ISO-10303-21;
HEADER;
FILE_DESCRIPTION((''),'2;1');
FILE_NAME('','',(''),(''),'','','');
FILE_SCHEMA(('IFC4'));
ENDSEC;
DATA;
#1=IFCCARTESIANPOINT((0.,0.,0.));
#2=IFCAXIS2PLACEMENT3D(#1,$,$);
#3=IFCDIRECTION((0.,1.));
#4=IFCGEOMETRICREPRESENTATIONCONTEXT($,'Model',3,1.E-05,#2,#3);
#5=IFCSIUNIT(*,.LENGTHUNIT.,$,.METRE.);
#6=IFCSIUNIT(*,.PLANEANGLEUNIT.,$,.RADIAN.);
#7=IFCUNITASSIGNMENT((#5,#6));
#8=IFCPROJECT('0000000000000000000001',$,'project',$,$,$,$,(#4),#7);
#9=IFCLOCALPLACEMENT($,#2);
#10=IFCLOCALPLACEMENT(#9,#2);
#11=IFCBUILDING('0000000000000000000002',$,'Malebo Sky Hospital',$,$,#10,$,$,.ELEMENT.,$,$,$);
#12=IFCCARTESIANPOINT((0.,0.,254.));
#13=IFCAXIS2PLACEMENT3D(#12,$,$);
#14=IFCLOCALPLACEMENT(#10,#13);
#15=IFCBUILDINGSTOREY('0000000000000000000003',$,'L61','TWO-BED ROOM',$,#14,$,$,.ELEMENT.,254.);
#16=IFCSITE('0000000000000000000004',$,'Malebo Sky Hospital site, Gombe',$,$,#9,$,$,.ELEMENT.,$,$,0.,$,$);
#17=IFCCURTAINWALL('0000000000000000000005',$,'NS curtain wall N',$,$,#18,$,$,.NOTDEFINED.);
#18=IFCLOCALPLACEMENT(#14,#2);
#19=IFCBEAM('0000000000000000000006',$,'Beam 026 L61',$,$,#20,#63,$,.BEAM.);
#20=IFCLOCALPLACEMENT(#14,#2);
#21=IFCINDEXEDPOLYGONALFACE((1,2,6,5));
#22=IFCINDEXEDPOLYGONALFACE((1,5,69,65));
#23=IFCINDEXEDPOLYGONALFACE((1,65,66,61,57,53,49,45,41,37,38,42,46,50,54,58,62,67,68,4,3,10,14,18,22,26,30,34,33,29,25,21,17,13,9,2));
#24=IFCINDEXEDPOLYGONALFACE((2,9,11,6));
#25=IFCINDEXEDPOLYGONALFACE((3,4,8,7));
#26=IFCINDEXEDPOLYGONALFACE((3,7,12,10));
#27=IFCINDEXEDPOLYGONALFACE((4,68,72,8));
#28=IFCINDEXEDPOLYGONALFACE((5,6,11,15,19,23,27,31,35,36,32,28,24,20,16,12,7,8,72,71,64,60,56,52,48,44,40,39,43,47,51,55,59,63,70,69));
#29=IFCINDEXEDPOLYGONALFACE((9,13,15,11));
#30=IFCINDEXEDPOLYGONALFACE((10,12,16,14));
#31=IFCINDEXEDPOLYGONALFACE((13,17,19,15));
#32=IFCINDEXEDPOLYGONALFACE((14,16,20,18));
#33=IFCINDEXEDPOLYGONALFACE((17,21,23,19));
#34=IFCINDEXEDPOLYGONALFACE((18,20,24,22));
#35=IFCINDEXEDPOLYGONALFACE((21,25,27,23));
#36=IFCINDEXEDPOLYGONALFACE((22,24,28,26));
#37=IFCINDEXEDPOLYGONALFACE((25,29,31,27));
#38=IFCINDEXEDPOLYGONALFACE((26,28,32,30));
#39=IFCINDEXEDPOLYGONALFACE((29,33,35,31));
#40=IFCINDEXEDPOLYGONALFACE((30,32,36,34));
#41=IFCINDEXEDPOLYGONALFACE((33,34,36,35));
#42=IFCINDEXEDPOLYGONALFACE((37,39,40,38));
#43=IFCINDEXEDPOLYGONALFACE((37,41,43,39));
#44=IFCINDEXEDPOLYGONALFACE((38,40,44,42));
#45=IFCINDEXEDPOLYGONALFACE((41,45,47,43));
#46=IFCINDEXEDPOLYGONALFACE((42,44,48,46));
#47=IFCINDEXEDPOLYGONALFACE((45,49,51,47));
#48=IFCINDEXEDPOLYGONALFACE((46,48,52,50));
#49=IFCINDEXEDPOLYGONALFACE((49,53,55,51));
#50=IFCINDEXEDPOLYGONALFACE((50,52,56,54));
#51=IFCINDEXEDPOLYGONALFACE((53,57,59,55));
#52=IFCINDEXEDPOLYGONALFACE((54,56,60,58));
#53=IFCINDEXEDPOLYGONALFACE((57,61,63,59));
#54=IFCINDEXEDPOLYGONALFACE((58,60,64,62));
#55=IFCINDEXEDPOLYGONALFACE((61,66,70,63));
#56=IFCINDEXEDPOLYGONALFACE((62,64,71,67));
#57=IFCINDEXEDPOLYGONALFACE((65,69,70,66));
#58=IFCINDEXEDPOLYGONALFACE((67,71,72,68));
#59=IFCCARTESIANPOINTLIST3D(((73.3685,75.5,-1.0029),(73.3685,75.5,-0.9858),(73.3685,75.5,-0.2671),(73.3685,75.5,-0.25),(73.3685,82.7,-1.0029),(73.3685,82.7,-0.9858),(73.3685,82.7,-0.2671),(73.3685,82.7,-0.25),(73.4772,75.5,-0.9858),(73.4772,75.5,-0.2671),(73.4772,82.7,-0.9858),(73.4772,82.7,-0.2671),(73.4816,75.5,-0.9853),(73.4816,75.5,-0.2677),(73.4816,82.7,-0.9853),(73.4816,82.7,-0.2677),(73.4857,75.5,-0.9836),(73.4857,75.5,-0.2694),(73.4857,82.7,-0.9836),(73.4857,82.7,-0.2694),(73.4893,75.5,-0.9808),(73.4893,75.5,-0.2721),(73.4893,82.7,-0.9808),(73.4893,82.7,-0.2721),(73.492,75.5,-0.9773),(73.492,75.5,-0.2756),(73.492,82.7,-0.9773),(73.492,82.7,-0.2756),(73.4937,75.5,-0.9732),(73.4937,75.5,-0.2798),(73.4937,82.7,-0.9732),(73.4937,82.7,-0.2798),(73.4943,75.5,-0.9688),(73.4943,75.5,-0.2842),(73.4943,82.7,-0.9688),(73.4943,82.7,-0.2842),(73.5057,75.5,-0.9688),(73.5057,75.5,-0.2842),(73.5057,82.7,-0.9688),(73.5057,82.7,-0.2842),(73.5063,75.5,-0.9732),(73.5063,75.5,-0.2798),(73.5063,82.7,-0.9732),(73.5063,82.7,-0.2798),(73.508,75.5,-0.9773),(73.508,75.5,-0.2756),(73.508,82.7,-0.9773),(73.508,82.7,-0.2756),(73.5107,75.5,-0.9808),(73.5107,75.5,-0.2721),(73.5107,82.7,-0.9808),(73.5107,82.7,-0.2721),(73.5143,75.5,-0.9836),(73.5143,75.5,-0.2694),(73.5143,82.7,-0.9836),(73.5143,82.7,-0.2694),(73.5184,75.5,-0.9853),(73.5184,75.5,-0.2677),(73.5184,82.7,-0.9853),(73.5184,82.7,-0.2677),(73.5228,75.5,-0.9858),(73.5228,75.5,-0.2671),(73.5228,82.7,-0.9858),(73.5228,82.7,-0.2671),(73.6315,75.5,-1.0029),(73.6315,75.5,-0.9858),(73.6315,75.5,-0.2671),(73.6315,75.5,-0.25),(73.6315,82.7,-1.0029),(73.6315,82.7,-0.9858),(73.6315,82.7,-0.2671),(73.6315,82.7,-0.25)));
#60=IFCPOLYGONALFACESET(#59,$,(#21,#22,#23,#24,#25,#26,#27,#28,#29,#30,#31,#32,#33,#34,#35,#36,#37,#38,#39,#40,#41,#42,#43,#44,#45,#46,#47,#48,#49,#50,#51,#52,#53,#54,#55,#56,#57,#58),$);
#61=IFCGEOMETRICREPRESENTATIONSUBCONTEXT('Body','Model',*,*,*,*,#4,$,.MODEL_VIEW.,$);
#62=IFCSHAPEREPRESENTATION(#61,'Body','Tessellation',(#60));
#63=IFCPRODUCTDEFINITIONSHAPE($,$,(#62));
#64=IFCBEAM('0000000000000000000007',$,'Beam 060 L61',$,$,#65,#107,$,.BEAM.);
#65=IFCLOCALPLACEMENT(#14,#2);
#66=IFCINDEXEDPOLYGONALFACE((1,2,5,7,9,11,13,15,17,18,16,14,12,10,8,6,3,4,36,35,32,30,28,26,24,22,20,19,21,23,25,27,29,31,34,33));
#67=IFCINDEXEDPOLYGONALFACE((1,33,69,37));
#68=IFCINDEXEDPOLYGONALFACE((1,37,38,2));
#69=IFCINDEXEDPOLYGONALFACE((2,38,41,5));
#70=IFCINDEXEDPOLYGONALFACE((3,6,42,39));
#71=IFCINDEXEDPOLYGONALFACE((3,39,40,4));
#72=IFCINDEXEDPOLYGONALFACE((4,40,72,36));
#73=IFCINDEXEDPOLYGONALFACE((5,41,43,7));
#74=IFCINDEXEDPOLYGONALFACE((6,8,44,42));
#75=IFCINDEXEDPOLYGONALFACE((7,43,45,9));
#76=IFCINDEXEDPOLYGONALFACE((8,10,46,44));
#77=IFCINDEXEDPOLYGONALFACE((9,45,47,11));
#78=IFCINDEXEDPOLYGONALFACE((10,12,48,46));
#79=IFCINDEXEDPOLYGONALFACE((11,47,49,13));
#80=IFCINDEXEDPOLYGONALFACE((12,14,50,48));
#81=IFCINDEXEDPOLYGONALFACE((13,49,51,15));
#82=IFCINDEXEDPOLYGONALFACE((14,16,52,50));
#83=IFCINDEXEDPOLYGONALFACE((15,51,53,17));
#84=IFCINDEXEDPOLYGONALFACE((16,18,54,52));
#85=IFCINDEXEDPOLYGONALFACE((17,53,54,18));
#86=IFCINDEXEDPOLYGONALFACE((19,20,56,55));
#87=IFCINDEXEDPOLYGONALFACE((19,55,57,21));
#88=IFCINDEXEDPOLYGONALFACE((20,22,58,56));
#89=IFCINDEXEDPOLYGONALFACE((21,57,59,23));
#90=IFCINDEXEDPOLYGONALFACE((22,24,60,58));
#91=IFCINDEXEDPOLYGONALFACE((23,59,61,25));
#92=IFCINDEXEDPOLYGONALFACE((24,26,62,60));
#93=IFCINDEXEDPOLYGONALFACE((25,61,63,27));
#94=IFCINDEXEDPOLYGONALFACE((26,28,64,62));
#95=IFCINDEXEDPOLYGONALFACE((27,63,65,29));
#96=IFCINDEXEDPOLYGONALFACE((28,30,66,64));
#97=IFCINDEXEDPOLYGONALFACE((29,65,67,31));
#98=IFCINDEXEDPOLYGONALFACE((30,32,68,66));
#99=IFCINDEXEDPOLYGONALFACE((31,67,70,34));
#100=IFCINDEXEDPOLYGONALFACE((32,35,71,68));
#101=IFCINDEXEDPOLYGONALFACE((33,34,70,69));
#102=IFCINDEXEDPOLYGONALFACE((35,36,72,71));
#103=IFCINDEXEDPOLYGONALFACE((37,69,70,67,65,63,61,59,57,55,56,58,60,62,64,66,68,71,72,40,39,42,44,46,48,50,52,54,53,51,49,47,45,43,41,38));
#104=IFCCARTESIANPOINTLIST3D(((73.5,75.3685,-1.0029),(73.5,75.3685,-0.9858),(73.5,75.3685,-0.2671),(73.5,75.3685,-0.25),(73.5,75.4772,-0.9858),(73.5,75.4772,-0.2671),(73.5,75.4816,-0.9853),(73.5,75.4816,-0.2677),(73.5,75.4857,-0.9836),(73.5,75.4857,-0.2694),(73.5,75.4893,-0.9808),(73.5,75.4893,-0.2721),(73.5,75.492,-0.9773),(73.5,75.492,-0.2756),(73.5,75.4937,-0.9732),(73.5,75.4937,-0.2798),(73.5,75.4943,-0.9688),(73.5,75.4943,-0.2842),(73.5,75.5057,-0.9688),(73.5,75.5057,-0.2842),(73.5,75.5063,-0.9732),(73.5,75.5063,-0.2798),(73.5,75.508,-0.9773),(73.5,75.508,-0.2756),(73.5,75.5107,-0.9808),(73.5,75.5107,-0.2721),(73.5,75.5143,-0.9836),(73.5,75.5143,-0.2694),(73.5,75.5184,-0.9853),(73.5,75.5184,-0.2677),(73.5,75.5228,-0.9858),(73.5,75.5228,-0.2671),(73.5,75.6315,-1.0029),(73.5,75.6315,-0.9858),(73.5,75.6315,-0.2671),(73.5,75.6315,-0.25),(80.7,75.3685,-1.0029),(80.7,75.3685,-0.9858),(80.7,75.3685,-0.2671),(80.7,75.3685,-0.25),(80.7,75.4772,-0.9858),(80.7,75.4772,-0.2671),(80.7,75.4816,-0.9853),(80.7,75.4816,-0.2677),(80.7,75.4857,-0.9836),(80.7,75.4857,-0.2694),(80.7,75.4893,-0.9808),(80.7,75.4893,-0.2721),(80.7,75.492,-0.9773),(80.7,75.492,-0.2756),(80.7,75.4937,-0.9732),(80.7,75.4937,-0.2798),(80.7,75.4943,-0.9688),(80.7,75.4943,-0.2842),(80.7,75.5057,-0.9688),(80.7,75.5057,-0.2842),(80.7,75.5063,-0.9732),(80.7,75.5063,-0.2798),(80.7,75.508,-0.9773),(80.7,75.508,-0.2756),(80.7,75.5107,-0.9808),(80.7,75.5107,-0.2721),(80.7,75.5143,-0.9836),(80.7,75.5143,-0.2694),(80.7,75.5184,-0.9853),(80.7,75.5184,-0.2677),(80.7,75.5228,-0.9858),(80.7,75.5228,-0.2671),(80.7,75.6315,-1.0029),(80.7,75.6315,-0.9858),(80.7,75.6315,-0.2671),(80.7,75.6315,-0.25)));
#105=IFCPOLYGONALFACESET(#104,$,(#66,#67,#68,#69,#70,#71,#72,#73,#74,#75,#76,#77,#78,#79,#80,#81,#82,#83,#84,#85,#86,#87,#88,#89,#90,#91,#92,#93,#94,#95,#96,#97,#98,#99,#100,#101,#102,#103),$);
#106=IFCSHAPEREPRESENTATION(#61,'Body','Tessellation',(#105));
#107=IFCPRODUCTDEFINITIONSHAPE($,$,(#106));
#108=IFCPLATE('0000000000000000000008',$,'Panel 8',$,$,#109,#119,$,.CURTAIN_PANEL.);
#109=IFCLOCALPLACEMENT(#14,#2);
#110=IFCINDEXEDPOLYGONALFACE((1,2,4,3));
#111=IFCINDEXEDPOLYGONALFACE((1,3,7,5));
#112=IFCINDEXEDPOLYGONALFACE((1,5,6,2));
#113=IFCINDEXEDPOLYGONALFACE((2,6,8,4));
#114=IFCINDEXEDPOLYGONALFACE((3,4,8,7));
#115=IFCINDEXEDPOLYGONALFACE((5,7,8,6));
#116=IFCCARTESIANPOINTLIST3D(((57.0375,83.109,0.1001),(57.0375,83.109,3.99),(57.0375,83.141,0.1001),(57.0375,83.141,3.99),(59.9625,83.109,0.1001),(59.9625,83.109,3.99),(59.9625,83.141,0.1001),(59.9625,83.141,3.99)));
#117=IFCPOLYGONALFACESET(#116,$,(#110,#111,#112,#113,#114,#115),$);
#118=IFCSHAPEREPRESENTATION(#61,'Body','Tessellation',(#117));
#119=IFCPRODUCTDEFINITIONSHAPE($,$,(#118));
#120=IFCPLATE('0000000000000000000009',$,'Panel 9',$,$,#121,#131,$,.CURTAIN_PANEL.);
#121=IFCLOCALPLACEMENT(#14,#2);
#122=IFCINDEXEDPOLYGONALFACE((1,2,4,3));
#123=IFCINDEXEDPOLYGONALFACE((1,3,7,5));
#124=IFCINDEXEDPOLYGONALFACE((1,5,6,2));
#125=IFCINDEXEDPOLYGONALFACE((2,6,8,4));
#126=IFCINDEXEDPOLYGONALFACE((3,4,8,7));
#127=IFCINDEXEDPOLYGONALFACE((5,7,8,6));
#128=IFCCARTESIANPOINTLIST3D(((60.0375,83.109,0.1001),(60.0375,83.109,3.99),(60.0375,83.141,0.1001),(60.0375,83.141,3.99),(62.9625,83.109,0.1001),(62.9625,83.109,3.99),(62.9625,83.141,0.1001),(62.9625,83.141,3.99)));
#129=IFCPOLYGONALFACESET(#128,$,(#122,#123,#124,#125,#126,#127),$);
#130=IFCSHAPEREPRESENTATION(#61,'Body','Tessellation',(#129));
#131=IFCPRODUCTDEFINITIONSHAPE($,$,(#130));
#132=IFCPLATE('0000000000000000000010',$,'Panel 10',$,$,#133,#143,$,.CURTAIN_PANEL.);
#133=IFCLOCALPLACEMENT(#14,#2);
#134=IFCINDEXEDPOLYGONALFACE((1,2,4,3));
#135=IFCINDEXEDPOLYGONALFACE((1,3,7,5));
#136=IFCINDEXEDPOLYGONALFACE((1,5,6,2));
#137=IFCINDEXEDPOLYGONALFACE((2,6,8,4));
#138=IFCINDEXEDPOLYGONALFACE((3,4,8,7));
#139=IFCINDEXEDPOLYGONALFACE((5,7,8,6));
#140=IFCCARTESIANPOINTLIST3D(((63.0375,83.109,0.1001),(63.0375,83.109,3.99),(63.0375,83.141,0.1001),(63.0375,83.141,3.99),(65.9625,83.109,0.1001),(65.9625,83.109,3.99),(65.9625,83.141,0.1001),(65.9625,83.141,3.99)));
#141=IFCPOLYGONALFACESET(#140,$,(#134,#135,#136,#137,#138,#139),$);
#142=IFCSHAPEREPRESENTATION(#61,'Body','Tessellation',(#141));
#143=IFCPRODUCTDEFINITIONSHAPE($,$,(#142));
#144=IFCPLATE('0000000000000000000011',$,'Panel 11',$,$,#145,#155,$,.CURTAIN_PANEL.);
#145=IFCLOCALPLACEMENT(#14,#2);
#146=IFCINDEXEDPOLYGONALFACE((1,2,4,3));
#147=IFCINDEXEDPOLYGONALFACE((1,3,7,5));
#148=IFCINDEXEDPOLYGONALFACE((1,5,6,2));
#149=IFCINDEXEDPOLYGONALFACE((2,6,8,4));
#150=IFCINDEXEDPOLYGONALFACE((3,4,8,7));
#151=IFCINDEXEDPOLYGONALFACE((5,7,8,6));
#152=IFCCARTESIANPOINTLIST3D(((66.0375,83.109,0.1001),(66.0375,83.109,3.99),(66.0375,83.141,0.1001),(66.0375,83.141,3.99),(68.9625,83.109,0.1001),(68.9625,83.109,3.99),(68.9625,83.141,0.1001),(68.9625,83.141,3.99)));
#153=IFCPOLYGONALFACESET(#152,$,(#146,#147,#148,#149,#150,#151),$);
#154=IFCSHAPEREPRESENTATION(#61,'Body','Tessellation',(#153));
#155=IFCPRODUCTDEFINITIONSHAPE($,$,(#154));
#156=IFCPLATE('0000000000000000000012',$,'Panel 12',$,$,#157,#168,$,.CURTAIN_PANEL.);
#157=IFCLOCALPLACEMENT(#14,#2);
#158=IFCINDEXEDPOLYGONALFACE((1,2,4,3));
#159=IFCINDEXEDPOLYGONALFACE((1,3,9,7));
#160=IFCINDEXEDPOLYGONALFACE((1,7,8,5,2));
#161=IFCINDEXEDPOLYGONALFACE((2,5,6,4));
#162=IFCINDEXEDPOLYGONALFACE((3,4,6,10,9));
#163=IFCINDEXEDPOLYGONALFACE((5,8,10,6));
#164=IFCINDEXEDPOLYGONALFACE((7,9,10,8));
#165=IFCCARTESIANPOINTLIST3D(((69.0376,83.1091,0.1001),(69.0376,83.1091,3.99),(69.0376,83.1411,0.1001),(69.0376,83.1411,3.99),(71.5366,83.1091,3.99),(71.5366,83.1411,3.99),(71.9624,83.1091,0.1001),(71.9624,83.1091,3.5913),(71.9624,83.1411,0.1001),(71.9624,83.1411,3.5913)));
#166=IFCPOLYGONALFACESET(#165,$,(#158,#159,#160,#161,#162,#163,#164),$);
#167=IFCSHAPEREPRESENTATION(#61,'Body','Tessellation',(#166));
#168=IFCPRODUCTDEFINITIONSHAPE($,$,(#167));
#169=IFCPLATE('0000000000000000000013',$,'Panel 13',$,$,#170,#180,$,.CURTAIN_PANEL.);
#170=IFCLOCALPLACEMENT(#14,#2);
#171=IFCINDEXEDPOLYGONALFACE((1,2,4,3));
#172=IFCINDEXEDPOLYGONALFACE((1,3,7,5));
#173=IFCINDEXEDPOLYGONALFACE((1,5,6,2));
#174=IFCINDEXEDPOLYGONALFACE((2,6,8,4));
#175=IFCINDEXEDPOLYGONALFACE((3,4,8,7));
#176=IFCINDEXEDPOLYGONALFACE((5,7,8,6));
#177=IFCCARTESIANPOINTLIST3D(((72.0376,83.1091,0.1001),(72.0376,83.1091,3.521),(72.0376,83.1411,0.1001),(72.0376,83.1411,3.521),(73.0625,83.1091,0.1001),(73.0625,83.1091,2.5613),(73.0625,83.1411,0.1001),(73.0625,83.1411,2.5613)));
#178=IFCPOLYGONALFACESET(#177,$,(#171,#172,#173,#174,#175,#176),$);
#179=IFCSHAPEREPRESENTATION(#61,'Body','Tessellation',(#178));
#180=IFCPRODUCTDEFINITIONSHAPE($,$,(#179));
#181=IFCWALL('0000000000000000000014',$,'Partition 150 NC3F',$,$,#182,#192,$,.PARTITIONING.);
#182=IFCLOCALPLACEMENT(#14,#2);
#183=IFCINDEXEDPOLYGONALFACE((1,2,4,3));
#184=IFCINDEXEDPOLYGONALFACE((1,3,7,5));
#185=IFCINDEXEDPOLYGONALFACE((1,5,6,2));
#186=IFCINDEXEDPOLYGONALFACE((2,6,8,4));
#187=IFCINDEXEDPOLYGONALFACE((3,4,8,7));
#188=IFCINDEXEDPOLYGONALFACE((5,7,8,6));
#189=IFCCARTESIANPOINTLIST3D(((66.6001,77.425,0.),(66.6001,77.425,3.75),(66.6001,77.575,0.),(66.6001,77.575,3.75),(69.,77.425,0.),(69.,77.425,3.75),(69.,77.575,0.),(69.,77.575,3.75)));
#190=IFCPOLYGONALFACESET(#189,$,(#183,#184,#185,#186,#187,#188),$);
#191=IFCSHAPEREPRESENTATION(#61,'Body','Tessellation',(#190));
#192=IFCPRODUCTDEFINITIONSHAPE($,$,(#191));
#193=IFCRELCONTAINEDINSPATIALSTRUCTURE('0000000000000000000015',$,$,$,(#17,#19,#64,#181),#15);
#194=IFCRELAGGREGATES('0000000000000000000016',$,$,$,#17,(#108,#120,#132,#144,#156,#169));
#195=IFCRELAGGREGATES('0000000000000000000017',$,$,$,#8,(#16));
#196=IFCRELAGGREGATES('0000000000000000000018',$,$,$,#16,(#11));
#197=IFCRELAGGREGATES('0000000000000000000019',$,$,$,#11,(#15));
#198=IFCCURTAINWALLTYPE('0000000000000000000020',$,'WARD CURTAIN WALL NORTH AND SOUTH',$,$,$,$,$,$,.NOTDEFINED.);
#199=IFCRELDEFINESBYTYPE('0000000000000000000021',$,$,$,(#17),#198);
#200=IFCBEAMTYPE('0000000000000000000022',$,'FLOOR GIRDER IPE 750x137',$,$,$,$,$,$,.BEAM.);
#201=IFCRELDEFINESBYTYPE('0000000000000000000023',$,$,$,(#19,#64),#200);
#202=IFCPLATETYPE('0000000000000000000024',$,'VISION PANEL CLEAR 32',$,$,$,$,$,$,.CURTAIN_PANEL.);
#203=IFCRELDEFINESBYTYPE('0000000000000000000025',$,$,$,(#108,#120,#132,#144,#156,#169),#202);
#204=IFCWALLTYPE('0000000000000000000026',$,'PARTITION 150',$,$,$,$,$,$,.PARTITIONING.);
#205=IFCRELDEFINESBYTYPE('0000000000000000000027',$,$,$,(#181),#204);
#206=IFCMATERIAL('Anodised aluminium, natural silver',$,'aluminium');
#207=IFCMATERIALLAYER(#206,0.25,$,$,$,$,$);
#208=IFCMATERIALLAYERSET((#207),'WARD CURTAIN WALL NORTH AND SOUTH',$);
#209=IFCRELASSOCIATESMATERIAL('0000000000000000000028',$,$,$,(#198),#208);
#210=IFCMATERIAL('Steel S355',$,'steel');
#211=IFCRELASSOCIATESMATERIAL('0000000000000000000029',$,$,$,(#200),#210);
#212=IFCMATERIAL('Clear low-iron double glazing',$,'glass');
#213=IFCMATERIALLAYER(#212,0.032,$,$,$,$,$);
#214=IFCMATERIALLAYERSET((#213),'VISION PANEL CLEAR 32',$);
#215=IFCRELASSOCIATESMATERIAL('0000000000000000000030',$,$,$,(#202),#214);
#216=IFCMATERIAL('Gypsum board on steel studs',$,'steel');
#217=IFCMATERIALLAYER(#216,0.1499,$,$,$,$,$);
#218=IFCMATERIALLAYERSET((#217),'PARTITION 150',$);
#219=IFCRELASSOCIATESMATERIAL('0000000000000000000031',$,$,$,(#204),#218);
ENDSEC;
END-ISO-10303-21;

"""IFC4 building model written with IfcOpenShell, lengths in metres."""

from ifc_helpers import new_model, si_unit, direction, frame, frame_2d, origin, origin_2d, place, context, subcontext, project, spatial, polyline, rectangle, i_section, outline, extrude, material, layer, layer_set, material_profile, profile_set, type_object, element, aggregate, save


model = new_model("IFC4")

# Units and contexts
model_context = context("Model", 3, precision=1e-05, world=origin(), true_north=direction((0.0, 1.0)))
body_context = subcontext(model_context, "Body", "Model", "MODEL_VIEW")
ifc_project = project(units=[si_unit("LENGTHUNIT", "METRE"), si_unit("PLANEANGLEUNIT", "RADIAN")], contexts=[model_context])

# Site, building, storey
site_placement = place(None, origin())
site = spatial("IfcSite", under=ifc_project, at=site_placement, Name="Malebo Sky Hospital site, Gombe", CompositionType="ELEMENT", RefElevation=0.0)
building_placement = place(site_placement, origin())
building = spatial("IfcBuilding", under=site, at=building_placement, Name="Malebo Sky Hospital", CompositionType="ELEMENT")
storey_placement = place(building_placement, frame((0.0, 0.0, 254.0)))
storey = spatial("IfcBuildingStorey", under=building, at=storey_placement, Name="L61", Description="TWO-BED ROOM", CompositionType="ELEMENT", Elevation=254.0)

# Curtain wall
ifc_material_1 = material(Name="Anodised aluminium, natural silver", Category="aluminium")
ifc_layer_1 = layer(ifc_material_1, 0.25)
ifc_layer_set_1 = layer_set([ifc_layer_1], Name="WARD CURTAIN WALL NORTH AND SOUTH")
curtain_wall_type = type_object("IfcCurtainWallType", Name="WARD CURTAIN WALL NORTH AND SOUTH", PredefinedType="NOTDEFINED", material=ifc_layer_set_1)
curtain_wall_placement = place(storey_placement, origin())
curtain_wall = element("IfcCurtainWall", 1, at=curtain_wall_placement, inside=storey, type_object=curtain_wall_type, Name="NS curtain wall N", PredefinedType="NOTDEFINED")

# Beams
ifc_material_2 = material(Name="Steel S355", Category="steel")
ifc_material_profile_1 = material_profile(ifc_material_2, i_section(OverallWidth=0.2629, OverallDepth=0.7529, WebThickness=0.0115, FlangeThickness=0.0171, FilletRadius=0.0171, at=origin_2d()), Name="IPE 750x137")
ifc_profile_set_1 = profile_set([ifc_material_profile_1], Name="Steel S355")
beam_type_1 = type_object("IfcBeamType", Name="FLOOR GIRDER IPE 750x137", PredefinedType="BEAM", material=ifc_profile_set_1)
for number, where, z_axis, x_axis, name in (
    (2, (73.5, 75.5, -0.6265), (0.0, 1.0, 0.0), (-1.0, 0.0, 0.0), "Beam 026 L61"),
    (3, (73.5, 75.5, -0.6265), (1.0, 0.0, 0.0), (0.0, 1.0, 0.0), "Beam 060 L61"),
):
    element("IfcBeam", number, at=place(storey_placement, frame(where, z_axis=z_axis, x_axis=x_axis)), inside=storey, type_object=beam_type_1, Name=name, PredefinedType="BEAM", context=body_context, shape_type="SweptSolid", body=[
        extrude(i_section(OverallWidth=0.2629, OverallDepth=0.7529, WebThickness=0.0115, FlangeThickness=0.0171, FilletRadius=0.0171, at=origin_2d()), origin(), (0.0, 0.0, 1.0), 7.2),
    ])

# Plates
ifc_material_3 = material(Name="Clear low-iron double glazing", Category="glass")
ifc_layer_2 = layer(ifc_material_3, 0.032)
ifc_layer_set_2 = layer_set([ifc_layer_2], Name="VISION PANEL CLEAR 32")
plate_type = type_object("IfcPlateType", Name="VISION PANEL CLEAR 32", PredefinedType="CURTAIN_PANEL", material=ifc_layer_set_2)
plate_1_placement = place(storey_placement, frame((58.5, 83.125, 0.1001), z_axis=(0.0, 0.0, 1.0), x_axis=(1.0, 0.0, 0.0)))
plate_1 = element("IfcPlate", 4, at=plate_1_placement, type_object=plate_type, Name="Panel 8", PredefinedType="CURTAIN_PANEL", context=body_context, shape_type="SweptSolid", body=[
    extrude(rectangle(XDim=2.925, YDim=0.032, at=origin_2d()), origin(), (0.0, 0.0, 1.0), 3.8899),
])
plate_2_placement = place(storey_placement, frame((61.5, 83.125, 0.1001), z_axis=(0.0, 0.0, 1.0), x_axis=(1.0, 0.0, 0.0)))
plate_2 = element("IfcPlate", 5, at=plate_2_placement, type_object=plate_type, Name="Panel 9", PredefinedType="CURTAIN_PANEL", context=body_context, shape_type="SweptSolid", body=[
    extrude(rectangle(XDim=2.925, YDim=0.032, at=origin_2d()), origin(), (0.0, 0.0, 1.0), 3.8899),
])
plate_3_placement = place(storey_placement, frame((64.5, 83.125, 0.1001), z_axis=(0.0, 0.0, 1.0), x_axis=(1.0, 0.0, 0.0)))
plate_3 = element("IfcPlate", 6, at=plate_3_placement, type_object=plate_type, Name="Panel 10", PredefinedType="CURTAIN_PANEL", context=body_context, shape_type="SweptSolid", body=[
    extrude(rectangle(XDim=2.925, YDim=0.032, at=origin_2d()), origin(), (0.0, 0.0, 1.0), 3.8899),
])
plate_4_placement = place(storey_placement, frame((67.5, 83.125, 0.1001), z_axis=(0.0, 0.0, 1.0), x_axis=(1.0, 0.0, 0.0)))
plate_4 = element("IfcPlate", 7, at=plate_4_placement, type_object=plate_type, Name="Panel 11", PredefinedType="CURTAIN_PANEL", context=body_context, shape_type="SweptSolid", body=[
    extrude(rectangle(XDim=2.925, YDim=0.032, at=origin_2d()), origin(), (0.0, 0.0, 1.0), 3.8899),
])
plate_5_placement = place(storey_placement, frame((70.5, 83.125, 0.1001), z_axis=(0.0, 0.0, 1.0), x_axis=(1.0, 0.0, 0.0)))
plate_5 = element("IfcPlate", 8, at=plate_5_placement, type_object=plate_type, Name="Panel 12", PredefinedType="CURTAIN_PANEL", context=body_context, shape_type="SweptSolid", body=[
    extrude(outline(polyline([(-1.4624, 0.0), (1.4624, 0.0), (1.4624, 3.4912), (1.0366, 3.8899), (-1.4624, 3.8899), (-1.4624, 0.0)])), frame((0.0, 0.0161, 0.0), z_axis=(0.0, -1.0, 0.0), x_axis=(1.0, 0.0, 0.0)), (0.0, 0.0, 1.0), 0.032),
])
plate_6_placement = place(storey_placement, frame((72.55, 83.125, 0.1001), z_axis=(0.0, 0.0, 1.0), x_axis=(1.0, 0.0, 0.0)))
plate_6 = element("IfcPlate", 9, at=plate_6_placement, type_object=plate_type, Name="Panel 13", PredefinedType="CURTAIN_PANEL", context=body_context, shape_type="SweptSolid", body=[
    extrude(outline(polyline([(-0.5125, 0.0), (0.5125, 0.0), (0.5125, 2.4612), (-0.5125, 3.4209), (-0.5125, 0.0)])), frame((0.0, 0.0161, 0.0), z_axis=(0.0, -1.0, 0.0), x_axis=(1.0, 0.0, 0.0)), (0.0, 0.0, 1.0), 0.032),
])
aggregate(curtain_wall, [plate_1, plate_2, plate_3, plate_4, plate_5, plate_6])

# Wall
ifc_material_4 = material(Name="Gypsum board on steel studs", Category="steel")
ifc_layer_3 = layer(ifc_material_4, 0.1499)
ifc_layer_set_3 = layer_set([ifc_layer_3], Name="PARTITION 150")
wall_type = type_object("IfcWallType", Name="PARTITION 150", PredefinedType="PARTITIONING", material=ifc_layer_set_3)
wall_1_placement = place(storey_placement, frame((66.6001, 77.5, 0.0), z_axis=(0.0, 0.0, 1.0), x_axis=(1.0, 0.0, 0.0)))
element("IfcWall", 10, at=wall_1_placement, inside=storey, type_object=wall_type, Name="Partition 150 NC3F", PredefinedType="PARTITIONING", context=body_context, shape_type="SweptSolid", body=[
    extrude(rectangle(XDim=2.3999, YDim=0.1499, at=frame_2d((1.2, 0.0))), origin(), (0.0, 0.0, 1.0), 3.75),
])

save(model, "model.ifc")
